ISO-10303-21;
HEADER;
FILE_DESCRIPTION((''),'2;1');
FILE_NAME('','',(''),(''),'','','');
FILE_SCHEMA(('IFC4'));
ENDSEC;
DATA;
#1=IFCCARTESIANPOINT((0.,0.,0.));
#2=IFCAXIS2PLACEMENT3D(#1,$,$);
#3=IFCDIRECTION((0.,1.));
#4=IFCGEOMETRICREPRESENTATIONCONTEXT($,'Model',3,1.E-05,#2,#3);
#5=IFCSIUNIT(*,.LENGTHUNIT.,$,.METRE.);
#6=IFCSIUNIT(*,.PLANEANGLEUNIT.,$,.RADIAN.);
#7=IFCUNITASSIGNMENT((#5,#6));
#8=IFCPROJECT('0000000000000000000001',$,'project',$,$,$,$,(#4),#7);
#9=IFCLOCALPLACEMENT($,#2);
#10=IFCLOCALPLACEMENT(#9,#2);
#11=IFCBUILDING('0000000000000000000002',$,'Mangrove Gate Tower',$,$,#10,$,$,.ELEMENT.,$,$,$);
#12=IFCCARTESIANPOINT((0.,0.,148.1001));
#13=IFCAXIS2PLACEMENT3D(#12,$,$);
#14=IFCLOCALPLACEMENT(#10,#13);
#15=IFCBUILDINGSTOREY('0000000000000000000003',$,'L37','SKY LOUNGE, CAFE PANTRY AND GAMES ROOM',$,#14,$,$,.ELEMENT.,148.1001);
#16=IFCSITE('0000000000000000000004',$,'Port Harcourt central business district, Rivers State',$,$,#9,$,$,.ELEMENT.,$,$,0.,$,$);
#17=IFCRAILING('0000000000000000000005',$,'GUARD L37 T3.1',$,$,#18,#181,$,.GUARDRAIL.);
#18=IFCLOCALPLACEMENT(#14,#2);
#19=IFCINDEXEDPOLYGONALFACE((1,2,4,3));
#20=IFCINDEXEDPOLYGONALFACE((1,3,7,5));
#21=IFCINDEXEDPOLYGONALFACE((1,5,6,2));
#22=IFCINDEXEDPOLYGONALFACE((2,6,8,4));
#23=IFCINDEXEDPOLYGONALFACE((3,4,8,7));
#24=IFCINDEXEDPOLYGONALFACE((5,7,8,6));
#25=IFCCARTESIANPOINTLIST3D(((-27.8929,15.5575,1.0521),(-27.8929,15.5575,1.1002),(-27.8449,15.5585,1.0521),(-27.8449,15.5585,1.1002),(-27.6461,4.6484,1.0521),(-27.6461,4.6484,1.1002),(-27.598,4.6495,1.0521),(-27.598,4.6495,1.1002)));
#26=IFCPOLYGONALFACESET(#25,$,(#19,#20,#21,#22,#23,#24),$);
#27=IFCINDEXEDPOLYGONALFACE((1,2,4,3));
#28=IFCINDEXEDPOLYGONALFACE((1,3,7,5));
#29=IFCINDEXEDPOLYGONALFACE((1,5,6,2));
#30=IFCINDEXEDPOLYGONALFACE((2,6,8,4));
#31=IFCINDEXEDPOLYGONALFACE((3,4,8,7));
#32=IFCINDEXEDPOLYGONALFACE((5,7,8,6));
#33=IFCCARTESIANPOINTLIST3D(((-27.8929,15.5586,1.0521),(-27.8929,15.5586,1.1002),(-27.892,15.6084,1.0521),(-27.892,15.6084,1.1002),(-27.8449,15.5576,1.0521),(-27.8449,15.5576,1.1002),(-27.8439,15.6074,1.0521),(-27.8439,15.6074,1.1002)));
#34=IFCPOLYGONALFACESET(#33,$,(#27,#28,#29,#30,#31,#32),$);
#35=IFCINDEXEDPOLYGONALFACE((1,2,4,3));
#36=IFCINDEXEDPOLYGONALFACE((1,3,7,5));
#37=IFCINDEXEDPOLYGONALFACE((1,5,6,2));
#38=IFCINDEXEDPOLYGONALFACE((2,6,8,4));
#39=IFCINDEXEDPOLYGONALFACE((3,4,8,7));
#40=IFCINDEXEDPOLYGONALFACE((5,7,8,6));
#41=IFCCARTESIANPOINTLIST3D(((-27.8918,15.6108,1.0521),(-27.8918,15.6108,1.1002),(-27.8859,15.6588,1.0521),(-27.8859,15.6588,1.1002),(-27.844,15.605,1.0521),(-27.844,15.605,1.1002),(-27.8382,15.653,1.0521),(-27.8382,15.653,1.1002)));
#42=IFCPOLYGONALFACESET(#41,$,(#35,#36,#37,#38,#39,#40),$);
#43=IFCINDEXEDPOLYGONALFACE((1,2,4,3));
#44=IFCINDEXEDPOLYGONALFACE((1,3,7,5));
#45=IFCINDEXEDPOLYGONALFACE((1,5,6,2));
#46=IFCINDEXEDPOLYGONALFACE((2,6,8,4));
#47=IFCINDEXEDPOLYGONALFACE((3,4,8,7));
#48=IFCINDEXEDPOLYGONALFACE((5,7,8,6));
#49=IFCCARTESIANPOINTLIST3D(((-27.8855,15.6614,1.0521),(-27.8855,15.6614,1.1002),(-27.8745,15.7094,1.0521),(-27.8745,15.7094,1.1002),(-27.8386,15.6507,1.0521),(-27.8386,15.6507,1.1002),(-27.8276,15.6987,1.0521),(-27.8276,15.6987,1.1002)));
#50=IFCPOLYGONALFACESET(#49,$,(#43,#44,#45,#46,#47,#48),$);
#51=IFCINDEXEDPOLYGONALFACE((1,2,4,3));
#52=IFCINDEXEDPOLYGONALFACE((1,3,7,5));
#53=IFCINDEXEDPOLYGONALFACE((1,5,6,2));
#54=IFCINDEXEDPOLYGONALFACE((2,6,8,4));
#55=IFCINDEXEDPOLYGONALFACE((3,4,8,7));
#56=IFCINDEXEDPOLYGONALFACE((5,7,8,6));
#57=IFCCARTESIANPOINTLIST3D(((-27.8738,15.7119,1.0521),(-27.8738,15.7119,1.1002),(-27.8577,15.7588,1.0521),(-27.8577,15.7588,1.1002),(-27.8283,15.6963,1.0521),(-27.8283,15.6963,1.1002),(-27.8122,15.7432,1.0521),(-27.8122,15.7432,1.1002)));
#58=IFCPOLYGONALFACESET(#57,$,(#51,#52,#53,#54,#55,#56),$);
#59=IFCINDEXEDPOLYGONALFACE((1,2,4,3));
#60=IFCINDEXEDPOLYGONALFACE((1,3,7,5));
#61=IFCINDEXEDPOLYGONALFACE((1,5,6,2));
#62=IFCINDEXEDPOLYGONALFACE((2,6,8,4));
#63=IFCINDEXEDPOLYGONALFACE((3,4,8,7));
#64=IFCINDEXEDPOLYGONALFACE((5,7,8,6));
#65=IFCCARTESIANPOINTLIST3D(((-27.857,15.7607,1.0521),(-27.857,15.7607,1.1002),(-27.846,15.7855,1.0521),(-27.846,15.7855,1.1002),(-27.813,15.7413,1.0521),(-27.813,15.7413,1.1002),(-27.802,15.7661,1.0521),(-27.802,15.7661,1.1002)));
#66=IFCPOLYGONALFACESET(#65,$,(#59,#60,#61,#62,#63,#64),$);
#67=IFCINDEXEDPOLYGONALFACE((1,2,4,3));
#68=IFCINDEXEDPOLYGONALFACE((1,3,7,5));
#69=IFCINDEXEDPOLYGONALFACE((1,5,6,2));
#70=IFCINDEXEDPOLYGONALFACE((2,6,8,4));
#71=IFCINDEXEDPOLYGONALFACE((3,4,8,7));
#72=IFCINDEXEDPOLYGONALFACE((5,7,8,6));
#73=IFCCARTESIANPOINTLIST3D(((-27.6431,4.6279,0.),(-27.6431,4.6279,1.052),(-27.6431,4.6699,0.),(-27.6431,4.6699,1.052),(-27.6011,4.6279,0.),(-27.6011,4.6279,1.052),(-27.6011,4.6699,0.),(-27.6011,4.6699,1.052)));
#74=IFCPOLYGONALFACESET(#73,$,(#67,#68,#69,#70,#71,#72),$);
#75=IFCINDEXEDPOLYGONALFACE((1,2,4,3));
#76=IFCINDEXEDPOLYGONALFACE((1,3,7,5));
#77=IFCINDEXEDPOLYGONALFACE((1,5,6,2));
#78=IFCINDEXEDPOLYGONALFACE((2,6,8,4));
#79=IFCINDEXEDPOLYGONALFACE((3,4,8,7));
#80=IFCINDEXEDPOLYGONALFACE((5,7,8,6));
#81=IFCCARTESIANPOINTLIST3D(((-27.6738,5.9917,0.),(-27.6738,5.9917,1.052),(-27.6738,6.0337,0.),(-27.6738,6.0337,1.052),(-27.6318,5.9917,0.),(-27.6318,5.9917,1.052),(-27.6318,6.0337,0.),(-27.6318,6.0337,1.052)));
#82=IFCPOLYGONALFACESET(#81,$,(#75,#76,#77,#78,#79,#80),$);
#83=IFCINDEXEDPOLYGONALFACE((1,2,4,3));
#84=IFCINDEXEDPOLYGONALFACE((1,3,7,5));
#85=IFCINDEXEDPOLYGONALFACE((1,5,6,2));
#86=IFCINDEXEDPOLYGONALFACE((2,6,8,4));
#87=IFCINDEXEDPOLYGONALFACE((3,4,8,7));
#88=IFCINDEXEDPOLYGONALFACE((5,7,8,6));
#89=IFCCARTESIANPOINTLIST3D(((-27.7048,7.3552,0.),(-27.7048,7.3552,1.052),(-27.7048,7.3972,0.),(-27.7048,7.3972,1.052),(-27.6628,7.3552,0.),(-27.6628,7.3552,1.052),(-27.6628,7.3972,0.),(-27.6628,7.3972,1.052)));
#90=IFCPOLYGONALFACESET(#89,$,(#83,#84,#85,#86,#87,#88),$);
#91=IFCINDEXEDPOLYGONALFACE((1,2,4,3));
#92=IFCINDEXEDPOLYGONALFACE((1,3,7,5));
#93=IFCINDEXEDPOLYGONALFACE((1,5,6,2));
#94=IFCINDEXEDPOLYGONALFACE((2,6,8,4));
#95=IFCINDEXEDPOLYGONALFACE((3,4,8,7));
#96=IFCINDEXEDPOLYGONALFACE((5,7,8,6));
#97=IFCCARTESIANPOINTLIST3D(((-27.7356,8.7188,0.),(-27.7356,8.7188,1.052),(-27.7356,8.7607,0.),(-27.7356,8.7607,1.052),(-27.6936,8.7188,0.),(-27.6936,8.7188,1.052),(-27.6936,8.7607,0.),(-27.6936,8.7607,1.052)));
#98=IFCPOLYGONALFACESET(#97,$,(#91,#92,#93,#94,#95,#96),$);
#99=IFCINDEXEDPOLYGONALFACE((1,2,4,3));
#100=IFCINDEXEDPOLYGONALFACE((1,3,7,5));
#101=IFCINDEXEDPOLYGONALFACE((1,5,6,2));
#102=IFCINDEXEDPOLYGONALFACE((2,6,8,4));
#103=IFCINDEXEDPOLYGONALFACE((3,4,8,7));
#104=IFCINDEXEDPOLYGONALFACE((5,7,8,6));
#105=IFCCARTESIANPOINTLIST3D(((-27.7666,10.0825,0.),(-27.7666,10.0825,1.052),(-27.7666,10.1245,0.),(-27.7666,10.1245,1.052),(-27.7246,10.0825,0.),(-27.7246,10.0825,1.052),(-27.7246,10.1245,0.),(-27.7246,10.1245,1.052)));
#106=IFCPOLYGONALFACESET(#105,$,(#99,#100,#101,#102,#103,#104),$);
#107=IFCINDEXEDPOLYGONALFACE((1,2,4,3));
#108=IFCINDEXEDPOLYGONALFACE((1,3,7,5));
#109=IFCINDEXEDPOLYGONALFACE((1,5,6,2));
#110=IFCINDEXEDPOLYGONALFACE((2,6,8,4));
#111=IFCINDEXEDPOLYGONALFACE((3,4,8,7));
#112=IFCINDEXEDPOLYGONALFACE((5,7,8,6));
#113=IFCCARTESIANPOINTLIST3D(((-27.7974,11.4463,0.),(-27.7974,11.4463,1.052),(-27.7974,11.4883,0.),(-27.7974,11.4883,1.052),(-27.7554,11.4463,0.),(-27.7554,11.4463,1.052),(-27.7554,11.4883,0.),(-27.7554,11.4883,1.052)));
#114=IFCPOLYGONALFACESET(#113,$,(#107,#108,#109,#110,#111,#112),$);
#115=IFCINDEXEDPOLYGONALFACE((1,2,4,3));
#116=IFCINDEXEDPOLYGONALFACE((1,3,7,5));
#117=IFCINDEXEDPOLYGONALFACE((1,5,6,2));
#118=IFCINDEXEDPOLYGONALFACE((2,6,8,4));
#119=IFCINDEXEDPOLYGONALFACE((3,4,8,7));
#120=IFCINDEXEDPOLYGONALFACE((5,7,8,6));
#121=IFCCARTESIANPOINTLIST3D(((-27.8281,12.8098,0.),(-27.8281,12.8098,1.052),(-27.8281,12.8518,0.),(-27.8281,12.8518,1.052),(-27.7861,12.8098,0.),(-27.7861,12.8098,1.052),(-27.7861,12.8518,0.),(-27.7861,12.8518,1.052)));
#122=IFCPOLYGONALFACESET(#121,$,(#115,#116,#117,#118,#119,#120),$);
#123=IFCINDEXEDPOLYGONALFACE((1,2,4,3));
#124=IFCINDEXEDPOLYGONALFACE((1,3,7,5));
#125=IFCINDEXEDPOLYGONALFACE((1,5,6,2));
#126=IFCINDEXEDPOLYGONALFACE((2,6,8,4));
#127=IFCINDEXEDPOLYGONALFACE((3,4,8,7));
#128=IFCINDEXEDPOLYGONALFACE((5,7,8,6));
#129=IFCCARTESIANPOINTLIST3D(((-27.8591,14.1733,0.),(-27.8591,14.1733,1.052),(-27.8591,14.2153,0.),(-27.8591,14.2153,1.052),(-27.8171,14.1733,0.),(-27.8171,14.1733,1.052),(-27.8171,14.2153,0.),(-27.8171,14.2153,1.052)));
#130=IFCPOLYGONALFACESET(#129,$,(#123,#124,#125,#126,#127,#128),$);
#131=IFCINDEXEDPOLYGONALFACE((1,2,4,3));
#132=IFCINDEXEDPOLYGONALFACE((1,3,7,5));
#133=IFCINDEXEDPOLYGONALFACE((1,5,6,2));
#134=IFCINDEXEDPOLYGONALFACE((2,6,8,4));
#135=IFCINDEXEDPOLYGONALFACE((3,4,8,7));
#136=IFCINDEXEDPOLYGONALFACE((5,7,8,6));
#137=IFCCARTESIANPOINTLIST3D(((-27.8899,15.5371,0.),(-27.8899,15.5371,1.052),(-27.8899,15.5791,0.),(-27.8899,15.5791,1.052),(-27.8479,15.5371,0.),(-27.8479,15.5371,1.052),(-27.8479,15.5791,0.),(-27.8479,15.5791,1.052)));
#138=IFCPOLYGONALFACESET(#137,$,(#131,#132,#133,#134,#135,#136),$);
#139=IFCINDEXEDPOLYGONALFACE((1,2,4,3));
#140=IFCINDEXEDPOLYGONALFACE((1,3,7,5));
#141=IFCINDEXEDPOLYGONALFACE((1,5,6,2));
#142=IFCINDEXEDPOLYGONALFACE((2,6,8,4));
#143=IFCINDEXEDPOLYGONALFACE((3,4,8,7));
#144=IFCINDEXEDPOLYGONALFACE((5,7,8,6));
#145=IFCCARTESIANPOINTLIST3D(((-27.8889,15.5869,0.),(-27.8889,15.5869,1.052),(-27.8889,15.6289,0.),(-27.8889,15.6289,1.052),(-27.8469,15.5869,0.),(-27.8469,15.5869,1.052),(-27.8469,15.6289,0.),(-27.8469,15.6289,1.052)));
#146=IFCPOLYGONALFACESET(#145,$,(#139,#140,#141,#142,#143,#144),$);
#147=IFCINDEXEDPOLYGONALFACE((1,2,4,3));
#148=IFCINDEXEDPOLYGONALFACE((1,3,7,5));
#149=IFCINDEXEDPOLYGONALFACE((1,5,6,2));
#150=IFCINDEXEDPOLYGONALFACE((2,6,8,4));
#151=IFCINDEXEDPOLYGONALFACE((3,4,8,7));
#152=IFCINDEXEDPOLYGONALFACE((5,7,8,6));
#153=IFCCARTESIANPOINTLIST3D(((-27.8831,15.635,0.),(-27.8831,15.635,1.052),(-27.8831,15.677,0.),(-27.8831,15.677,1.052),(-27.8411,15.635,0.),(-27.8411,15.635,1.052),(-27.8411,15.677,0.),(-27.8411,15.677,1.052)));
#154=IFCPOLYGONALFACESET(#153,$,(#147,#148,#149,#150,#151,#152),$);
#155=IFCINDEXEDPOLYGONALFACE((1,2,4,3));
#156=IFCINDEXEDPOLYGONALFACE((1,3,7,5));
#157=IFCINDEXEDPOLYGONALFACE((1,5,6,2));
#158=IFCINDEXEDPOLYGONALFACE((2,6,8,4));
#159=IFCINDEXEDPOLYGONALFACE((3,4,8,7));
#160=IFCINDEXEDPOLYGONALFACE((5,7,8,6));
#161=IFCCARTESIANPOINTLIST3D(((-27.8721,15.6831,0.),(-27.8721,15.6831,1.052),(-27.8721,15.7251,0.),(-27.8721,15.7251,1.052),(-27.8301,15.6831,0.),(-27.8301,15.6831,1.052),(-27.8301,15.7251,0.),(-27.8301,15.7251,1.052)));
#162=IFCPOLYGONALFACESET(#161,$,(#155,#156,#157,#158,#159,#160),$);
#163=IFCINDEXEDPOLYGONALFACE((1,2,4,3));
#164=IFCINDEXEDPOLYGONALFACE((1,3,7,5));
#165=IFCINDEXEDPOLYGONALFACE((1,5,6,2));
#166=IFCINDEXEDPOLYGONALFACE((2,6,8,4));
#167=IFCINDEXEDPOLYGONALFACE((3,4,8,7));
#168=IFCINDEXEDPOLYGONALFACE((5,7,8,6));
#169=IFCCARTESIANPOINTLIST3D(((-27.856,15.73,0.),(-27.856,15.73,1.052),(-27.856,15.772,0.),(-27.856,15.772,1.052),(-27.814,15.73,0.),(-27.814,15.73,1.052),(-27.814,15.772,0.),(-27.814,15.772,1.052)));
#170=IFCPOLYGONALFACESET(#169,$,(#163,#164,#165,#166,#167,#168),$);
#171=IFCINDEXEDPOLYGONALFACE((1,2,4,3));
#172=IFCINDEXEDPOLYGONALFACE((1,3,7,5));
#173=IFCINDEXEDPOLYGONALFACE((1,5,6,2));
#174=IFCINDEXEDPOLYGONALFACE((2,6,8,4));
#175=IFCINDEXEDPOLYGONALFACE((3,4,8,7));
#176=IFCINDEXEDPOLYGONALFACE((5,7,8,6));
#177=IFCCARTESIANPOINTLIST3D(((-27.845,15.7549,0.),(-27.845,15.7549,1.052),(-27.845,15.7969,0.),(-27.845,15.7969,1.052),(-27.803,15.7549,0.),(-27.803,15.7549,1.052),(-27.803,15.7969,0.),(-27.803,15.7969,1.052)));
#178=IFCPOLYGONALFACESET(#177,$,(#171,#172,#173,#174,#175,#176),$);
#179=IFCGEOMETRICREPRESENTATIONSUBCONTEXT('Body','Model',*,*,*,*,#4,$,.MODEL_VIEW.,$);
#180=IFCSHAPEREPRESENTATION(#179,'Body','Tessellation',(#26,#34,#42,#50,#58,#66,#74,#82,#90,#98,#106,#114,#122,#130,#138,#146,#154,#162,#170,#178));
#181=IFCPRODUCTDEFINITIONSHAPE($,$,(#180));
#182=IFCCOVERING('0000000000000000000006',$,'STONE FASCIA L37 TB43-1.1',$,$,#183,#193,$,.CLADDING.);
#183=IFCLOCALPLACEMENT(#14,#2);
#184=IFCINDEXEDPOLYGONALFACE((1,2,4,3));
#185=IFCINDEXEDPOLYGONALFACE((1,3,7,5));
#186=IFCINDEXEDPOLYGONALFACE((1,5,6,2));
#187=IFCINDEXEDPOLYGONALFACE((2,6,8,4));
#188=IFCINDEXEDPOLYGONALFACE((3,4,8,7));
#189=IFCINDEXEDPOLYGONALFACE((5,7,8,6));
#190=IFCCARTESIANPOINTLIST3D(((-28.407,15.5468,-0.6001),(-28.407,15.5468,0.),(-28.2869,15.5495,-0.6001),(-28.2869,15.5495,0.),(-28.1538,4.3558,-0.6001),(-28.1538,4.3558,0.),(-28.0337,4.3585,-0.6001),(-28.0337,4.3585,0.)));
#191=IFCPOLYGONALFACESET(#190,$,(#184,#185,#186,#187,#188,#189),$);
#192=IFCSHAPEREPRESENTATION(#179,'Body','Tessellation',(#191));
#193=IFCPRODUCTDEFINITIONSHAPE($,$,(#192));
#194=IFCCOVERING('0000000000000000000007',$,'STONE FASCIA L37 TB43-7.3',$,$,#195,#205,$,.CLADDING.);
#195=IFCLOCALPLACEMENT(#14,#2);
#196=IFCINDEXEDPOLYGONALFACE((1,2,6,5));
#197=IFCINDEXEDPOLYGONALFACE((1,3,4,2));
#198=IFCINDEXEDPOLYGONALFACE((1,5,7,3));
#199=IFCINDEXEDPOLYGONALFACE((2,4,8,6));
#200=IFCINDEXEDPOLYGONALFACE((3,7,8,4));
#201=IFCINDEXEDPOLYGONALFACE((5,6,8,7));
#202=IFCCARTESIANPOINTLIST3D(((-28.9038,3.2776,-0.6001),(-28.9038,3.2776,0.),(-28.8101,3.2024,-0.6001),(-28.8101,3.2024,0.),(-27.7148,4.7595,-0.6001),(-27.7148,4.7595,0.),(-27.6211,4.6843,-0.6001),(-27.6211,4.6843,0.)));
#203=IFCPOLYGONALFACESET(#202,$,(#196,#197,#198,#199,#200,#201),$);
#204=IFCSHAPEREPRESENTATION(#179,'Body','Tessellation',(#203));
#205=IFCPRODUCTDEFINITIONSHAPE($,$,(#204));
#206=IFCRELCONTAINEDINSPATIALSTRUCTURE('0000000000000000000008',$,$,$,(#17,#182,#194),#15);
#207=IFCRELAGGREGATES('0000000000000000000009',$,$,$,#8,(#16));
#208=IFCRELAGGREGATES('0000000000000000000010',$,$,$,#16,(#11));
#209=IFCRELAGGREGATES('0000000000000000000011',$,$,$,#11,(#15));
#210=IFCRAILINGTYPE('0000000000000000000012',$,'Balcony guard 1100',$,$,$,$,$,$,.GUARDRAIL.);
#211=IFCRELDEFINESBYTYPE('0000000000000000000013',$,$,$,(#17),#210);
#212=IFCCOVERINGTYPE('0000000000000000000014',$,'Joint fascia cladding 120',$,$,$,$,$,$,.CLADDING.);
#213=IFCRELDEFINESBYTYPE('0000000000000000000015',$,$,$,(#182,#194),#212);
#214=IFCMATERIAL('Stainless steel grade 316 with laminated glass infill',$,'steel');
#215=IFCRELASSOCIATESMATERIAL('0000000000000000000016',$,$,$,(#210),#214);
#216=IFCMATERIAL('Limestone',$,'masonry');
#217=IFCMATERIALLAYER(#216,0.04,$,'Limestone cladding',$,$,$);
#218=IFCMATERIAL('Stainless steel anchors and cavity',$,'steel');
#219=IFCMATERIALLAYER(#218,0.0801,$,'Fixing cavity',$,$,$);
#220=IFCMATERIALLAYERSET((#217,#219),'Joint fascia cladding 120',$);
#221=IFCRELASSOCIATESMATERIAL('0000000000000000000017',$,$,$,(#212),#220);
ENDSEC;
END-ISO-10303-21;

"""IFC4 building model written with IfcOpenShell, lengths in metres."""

from ifc_helpers import new_model, si_unit, direction, frame, frame_2d, origin, origin_2d, place, context, subcontext, project, spatial, rectangle, extrude, material, layer, layer_set, type_object, element, save


model = new_model("IFC4")

# Units and contexts
model_context = context("Model", 3, precision=1e-05, world=origin(), true_north=direction((0.0, 1.0)))
body_context = subcontext(model_context, "Body", "Model", "MODEL_VIEW")
ifc_project = project(units=[si_unit("LENGTHUNIT", "METRE"), si_unit("PLANEANGLEUNIT", "RADIAN")], contexts=[model_context])

# Site, building, storey
site_placement = place(None, origin())
site = spatial("IfcSite", under=ifc_project, at=site_placement, Name="Port Harcourt central business district, Rivers State", CompositionType="ELEMENT", RefElevation=0.0)
building_placement = place(site_placement, origin())
building = spatial("IfcBuilding", under=site, at=building_placement, Name="Mangrove Gate Tower", CompositionType="ELEMENT")
storey_placement = place(building_placement, frame((0.0, 0.0, 148.1001)))
storey = spatial("IfcBuildingStorey", under=building, at=storey_placement, Name="L37", Description="SKY LOUNGE, CAFE PANTRY AND GAMES ROOM", CompositionType="ELEMENT", Elevation=148.1001)

# Railing
ifc_material_1 = material(Name="Stainless steel grade 316 with laminated glass infill", Category="steel")
railing_type = type_object("IfcRailingType", Name="Balcony guard 1100", PredefinedType="GUARDRAIL", material=ifc_material_1)
railing_placement = place(storey_placement, frame((-27.6221, 4.6489, 0.0)))
element("IfcRailing", 1, at=railing_placement, inside=storey, type_object=railing_type, Name="GUARD L37 T3.1", PredefinedType="GUARDRAIL", context=body_context, shape_type="SweptSolid", body=[
    extrude(rectangle(XDim=0.0481, YDim=0.0481, at=origin_2d()), frame((0.0, 0.0, 1.0762), z_axis=(-0.02262, 0.999744, 0.0), x_axis=(-0.999744, -0.02262, 0.0)), (0.0, 0.0, 1.0), 10.9119),
    extrude(rectangle(XDim=0.0481, YDim=0.0481, at=origin_2d()), frame((-0.2468, 10.9092, 1.0762), z_axis=(0.019604, 0.999808, 0.0), x_axis=(-0.999808, 0.019604, 0.0)), (0.0, 0.0, 1.0), 0.0498),
    extrude(rectangle(XDim=0.0481, YDim=0.0481, at=origin_2d()), frame((-0.2458, 10.959, 1.0762), z_axis=(0.120933, 0.992661, 0.0), x_axis=(-0.992661, 0.120933, 0.0)), (0.0, 0.0, 1.0), 0.0483),
    extrude(rectangle(XDim=0.0481, YDim=0.0481, at=origin_2d()), frame((-0.24, 11.0071, 1.0762), z_axis=(0.22269, 0.974889, 0.0), x_axis=(-0.974889, 0.22269, 0.0)), (0.0, 0.0, 1.0), 0.0493),
    extrude(rectangle(XDim=0.0481, YDim=0.0481, at=origin_2d()), frame((-0.229, 11.0552, 1.0762), z_axis=(0.32508, 0.945687, 0.0), x_axis=(-0.945687, 0.32508, 0.0)), (0.0, 0.0, 1.0), 0.0496),
    extrude(rectangle(XDim=0.0481, YDim=0.0481, at=origin_2d()), frame((-0.2129, 11.1021, 1.0762), z_axis=(0.40364, 0.914918, 0.0), x_axis=(-0.914918, 0.40364, 0.0)), (0.0, 0.0, 1.0), 0.0271),
    extrude(rectangle(XDim=0.042, YDim=0.042, at=origin_2d()), origin(), (0.0, 0.0, 1.0), 1.052),
    extrude(rectangle(XDim=0.042, YDim=0.042, at=origin_2d()), frame((-0.0308, 1.3638, 0.0)), (0.0, 0.0, 1.0), 1.052),
    extrude(rectangle(XDim=0.042, YDim=0.042, at=origin_2d()), frame((-0.0618, 2.7273, 0.0)), (0.0, 0.0, 1.0), 1.052),
    extrude(rectangle(XDim=0.042, YDim=0.042, at=origin_2d()), frame((-0.0925, 4.0908, 0.0)), (0.0, 0.0, 1.0), 1.052),
    extrude(rectangle(XDim=0.042, YDim=0.042, at=origin_2d()), frame((-0.1235, 5.4546, 0.0)), (0.0, 0.0, 1.0), 1.052),
    extrude(rectangle(XDim=0.042, YDim=0.042, at=origin_2d()), frame((-0.1543, 6.8184, 0.0)), (0.0, 0.0, 1.0), 1.052),
    extrude(rectangle(XDim=0.042, YDim=0.042, at=origin_2d()), frame((-0.1851, 8.1819, 0.0)), (0.0, 0.0, 1.0), 1.052),
    extrude(rectangle(XDim=0.042, YDim=0.042, at=origin_2d()), frame((-0.2161, 9.5454, 0.0)), (0.0, 0.0, 1.0), 1.052),
    extrude(rectangle(XDim=0.042, YDim=0.042, at=origin_2d()), frame((-0.2468, 10.9092, 0.0)), (0.0, 0.0, 1.0), 1.052),
    extrude(rectangle(XDim=0.042, YDim=0.042, at=origin_2d()), frame((-0.2458, 10.959, 0.0)), (0.0, 0.0, 1.0), 1.052),
    extrude(rectangle(XDim=0.042, YDim=0.042, at=origin_2d()), frame((-0.24, 11.0071, 0.0)), (0.0, 0.0, 1.0), 1.052),
    extrude(rectangle(XDim=0.042, YDim=0.042, at=origin_2d()), frame((-0.229, 11.0552, 0.0)), (0.0, 0.0, 1.0), 1.052),
    extrude(rectangle(XDim=0.042, YDim=0.042, at=origin_2d()), frame((-0.2129, 11.1021, 0.0)), (0.0, 0.0, 1.0), 1.052),
    extrude(rectangle(XDim=0.042, YDim=0.042, at=origin_2d()), frame((-0.2019, 11.127, 0.0)), (0.0, 0.0, 1.0), 1.052),
])

# Coverings
ifc_material_2 = material(Name="Limestone", Category="masonry")
ifc_layer_1 = layer(ifc_material_2, 0.04, Name="Limestone cladding")
ifc_material_3 = material(Name="Stainless steel anchors and cavity", Category="steel")
ifc_layer_2 = layer(ifc_material_3, 0.0801, Name="Fixing cavity")
ifc_layer_set_1 = layer_set([ifc_layer_1, ifc_layer_2], Name="Joint fascia cladding 120")
covering_type = type_object("IfcCoveringType", Name="Joint fascia cladding 120", PredefinedType="CLADDING", material=ifc_layer_set_1)
covering_1_placement = place(storey_placement, frame((-28.0938, 4.3572, -0.6001), z_axis=(0.0, 0.0, 1.0), x_axis=(-0.022617, 0.999744, 0.0)))
element("IfcCovering", 2, at=covering_1_placement, inside=storey, type_object=covering_type, Name="STONE FASCIA L37 TB43-1.1", PredefinedType="CLADDING", context=body_context, shape_type="SweptSolid", body=[
    extrude(rectangle(XDim=11.1938, YDim=0.1201, at=frame_2d((5.5969, 0.0))), origin(), (0.0, 0.0, 1.0), 0.6001),
])
covering_2_placement = place(storey_placement, frame((-28.8569, 3.24, -0.6001), z_axis=(0.0, 0.0, 1.0), x_axis=(0.625791, 0.77999, 0.0)))
element("IfcCovering", 3, at=covering_2_placement, inside=storey, type_object=covering_type, Name="STONE FASCIA L37 TB43-7.3", PredefinedType="CLADDING", context=body_context, shape_type="SweptSolid", body=[
    extrude(rectangle(XDim=1.8999, YDim=0.1201, at=frame_2d((0.95, 0.0))), origin(), (0.0, 0.0, 1.0), 0.6001),
])

save(model, "model.ifc")
